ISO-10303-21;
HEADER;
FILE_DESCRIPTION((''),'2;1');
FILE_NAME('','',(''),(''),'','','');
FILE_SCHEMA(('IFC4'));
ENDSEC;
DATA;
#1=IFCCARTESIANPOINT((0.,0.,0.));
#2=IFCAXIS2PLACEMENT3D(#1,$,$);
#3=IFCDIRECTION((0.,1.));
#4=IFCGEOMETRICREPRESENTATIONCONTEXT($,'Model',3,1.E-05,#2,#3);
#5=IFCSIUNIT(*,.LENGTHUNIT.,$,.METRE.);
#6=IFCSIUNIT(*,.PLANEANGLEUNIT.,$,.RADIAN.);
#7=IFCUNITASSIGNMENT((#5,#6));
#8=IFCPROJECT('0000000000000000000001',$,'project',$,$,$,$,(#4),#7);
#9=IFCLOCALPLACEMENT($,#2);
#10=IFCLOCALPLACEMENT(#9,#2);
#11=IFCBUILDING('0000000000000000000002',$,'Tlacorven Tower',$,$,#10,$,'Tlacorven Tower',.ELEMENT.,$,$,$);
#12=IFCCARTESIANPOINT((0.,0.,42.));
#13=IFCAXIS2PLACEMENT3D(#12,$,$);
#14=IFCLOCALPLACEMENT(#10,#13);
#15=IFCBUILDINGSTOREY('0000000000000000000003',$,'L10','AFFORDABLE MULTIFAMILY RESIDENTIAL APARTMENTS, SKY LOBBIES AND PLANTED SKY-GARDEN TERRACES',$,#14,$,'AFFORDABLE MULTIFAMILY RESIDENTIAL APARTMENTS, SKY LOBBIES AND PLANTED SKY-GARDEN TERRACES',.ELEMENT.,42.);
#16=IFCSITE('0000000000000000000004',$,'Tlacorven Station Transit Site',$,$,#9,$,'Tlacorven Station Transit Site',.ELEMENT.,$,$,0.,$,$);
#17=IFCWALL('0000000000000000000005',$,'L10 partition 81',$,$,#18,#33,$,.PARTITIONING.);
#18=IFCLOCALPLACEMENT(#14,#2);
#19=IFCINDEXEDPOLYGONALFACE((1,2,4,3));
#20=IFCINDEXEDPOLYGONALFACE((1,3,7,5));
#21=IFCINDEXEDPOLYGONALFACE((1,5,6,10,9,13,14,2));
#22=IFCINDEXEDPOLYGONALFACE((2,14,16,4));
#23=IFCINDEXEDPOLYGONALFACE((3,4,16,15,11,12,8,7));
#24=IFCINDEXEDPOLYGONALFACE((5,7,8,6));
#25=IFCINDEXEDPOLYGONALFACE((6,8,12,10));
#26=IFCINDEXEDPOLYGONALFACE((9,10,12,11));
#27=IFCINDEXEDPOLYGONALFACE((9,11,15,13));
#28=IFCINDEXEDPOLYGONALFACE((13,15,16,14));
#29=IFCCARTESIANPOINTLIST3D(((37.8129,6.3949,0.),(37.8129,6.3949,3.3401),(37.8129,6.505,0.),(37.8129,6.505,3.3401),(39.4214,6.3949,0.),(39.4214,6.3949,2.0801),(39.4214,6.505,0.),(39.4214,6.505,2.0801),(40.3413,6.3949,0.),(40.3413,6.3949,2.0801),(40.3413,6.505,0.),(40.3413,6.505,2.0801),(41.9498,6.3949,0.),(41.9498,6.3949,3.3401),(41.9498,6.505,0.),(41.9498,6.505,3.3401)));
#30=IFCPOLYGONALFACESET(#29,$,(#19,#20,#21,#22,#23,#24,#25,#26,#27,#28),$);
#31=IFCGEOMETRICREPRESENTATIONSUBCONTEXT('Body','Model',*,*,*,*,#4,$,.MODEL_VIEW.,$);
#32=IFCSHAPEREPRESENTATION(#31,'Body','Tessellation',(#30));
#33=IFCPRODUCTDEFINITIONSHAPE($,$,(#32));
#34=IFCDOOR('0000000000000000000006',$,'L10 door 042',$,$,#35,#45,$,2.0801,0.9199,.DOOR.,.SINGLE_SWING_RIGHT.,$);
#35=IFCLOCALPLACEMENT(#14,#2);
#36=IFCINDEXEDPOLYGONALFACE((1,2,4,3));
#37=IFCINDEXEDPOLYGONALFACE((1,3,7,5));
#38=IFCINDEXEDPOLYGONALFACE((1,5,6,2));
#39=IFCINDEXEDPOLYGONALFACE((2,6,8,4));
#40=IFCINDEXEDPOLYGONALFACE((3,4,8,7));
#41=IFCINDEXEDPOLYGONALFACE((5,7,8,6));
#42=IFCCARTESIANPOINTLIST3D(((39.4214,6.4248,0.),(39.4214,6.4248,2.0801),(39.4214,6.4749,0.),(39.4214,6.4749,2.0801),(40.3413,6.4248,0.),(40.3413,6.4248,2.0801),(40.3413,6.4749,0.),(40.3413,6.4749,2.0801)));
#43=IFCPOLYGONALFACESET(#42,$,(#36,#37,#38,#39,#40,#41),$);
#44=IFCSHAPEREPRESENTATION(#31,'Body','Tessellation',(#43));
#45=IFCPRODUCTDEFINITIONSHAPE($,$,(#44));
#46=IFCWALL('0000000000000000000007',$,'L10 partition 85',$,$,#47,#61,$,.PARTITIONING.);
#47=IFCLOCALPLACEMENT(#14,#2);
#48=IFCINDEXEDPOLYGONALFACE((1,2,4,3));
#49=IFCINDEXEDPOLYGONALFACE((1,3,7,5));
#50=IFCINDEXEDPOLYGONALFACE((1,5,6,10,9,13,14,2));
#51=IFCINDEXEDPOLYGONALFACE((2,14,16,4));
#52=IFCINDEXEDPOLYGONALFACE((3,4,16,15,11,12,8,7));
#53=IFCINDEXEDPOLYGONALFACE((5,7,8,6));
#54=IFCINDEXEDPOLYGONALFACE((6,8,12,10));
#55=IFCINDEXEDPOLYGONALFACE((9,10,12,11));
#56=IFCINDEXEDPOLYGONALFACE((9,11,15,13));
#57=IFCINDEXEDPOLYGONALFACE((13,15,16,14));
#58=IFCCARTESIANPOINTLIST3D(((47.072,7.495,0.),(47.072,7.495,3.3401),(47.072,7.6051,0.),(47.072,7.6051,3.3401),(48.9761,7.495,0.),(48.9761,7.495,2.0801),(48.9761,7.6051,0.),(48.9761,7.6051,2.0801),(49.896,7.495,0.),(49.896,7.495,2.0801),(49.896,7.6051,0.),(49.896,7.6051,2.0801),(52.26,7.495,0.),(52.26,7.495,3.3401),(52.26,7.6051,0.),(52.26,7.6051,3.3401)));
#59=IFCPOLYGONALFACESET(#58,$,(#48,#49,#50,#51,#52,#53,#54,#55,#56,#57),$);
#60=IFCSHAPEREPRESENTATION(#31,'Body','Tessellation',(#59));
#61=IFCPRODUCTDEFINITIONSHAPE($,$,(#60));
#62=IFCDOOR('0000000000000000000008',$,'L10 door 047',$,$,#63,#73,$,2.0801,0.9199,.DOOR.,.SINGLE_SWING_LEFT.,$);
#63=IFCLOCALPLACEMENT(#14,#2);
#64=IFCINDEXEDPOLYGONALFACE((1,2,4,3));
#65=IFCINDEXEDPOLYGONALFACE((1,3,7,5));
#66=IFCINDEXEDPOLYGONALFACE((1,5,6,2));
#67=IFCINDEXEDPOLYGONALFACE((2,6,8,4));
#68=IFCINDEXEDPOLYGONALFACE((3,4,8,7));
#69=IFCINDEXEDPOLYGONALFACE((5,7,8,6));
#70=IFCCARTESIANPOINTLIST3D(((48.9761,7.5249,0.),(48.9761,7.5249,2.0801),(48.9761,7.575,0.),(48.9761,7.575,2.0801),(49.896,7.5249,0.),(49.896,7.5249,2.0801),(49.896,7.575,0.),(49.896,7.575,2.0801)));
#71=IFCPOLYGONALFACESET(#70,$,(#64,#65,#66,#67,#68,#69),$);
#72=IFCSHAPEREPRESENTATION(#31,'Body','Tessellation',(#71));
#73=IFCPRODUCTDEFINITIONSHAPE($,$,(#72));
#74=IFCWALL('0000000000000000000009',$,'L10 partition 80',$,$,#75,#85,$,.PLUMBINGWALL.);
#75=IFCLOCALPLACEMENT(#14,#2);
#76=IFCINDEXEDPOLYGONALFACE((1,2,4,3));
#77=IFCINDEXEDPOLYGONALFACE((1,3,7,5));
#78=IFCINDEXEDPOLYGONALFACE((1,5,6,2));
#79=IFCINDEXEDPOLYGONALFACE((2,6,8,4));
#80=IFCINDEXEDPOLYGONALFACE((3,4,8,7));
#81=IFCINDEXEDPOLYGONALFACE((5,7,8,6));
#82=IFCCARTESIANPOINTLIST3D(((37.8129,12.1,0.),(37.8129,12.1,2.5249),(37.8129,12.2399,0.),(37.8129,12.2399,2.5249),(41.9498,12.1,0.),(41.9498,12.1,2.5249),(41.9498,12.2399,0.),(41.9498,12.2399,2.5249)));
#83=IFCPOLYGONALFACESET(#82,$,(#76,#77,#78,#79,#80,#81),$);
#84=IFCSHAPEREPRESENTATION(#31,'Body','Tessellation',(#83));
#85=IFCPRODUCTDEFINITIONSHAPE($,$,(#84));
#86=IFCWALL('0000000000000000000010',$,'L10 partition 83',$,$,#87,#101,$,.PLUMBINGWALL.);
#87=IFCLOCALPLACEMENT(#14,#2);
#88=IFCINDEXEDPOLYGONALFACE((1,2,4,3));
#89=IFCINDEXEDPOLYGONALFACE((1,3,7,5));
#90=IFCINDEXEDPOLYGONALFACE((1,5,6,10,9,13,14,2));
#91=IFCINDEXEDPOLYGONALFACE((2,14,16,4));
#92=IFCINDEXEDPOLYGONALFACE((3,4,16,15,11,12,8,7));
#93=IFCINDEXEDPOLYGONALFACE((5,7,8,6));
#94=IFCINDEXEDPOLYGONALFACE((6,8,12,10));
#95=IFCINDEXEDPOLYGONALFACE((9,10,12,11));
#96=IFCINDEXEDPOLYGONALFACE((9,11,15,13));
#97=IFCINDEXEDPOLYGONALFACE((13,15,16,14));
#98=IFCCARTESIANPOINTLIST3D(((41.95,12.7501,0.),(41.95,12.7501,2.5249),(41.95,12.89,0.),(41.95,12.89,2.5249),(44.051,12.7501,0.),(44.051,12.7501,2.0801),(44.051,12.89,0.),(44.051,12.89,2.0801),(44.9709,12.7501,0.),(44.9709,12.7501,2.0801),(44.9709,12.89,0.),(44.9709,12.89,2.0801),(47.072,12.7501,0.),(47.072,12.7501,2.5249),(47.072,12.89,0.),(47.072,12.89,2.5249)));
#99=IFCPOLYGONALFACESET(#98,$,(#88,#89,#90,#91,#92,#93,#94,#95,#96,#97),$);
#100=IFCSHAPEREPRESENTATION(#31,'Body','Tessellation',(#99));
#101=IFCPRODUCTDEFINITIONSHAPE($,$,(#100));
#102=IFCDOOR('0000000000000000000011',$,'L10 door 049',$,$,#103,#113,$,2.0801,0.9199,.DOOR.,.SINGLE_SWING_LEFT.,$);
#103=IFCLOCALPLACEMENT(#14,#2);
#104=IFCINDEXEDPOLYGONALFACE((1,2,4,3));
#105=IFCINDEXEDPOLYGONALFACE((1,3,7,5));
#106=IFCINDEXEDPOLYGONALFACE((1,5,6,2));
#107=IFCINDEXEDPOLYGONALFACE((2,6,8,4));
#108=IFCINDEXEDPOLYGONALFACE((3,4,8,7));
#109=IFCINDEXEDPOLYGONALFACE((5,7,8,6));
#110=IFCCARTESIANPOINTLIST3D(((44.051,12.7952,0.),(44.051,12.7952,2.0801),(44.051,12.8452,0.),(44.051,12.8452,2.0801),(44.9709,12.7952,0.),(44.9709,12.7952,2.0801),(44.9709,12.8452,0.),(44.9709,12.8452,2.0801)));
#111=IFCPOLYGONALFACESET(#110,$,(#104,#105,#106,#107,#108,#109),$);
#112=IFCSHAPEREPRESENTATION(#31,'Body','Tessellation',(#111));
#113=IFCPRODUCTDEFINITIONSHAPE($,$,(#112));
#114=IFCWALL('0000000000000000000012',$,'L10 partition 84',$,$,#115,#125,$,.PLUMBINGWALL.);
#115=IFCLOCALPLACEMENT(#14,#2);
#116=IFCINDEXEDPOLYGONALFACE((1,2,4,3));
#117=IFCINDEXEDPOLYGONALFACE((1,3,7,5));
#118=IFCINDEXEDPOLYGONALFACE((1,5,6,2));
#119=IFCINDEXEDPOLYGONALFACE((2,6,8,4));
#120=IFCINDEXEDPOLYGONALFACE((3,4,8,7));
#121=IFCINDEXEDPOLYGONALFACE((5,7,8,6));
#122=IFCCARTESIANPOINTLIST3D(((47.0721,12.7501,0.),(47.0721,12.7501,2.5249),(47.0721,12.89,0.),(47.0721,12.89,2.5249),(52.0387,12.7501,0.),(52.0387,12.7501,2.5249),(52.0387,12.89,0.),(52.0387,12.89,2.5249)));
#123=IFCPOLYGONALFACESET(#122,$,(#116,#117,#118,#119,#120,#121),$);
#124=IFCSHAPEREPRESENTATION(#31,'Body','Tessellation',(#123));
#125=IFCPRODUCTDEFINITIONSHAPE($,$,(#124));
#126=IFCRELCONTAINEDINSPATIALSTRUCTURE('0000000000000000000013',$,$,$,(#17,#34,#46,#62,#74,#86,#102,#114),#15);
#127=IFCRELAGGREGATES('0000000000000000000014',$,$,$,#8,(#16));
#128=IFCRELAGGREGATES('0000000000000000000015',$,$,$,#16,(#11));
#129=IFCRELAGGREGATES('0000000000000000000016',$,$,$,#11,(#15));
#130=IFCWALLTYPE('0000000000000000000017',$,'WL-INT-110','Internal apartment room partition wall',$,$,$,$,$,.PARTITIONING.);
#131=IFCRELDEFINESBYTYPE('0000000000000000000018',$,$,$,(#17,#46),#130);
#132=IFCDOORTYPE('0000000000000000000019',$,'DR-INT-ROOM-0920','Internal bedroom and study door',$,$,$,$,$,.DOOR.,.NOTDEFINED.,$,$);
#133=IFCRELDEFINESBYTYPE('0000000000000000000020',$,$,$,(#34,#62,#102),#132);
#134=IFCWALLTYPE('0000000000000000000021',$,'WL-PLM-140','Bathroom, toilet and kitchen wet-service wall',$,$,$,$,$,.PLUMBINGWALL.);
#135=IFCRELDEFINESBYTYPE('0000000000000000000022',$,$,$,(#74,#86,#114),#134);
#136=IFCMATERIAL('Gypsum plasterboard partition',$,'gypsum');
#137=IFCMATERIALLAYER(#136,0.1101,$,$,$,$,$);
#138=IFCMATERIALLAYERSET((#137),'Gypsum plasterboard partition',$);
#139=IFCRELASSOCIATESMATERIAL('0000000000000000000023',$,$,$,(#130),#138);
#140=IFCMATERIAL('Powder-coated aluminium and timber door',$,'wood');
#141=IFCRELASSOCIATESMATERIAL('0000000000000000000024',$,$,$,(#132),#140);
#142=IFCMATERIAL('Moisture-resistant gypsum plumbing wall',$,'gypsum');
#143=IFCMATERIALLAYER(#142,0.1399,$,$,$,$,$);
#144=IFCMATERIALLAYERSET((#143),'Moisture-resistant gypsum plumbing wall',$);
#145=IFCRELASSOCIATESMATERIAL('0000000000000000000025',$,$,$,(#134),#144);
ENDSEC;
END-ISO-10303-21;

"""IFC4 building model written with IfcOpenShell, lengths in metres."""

from ifc_helpers import new_model, si_unit, direction, frame, frame_2d, origin, place, context, subcontext, project, spatial, rectangle, extrude, source, transform, mapped, material, layer, layer_set, type_object, element, fill, save


model = new_model("IFC4")

# Units and contexts
model_context = context("Model", 3, precision=1e-05, world=origin(), true_north=direction((0.0, 1.0)))
body_context = subcontext(model_context, "Body", "Model", "MODEL_VIEW")
ifc_project = project(units=[si_unit("LENGTHUNIT", "METRE"), si_unit("PLANEANGLEUNIT", "RADIAN")], contexts=[model_context])

# Site, building, storey
site_placement = place(None, origin())
site = spatial("IfcSite", under=ifc_project, at=site_placement, Name="Tlacorven Station Transit Site", LongName="Tlacorven Station Transit Site", CompositionType="ELEMENT", RefElevation=0.0)
building_placement = place(site_placement, origin())
building = spatial("IfcBuilding", under=site, at=building_placement, Name="Tlacorven Tower", LongName="Tlacorven Tower", CompositionType="ELEMENT")
storey_placement = place(building_placement, frame((0.0, 0.0, 42.0)))
storey = spatial("IfcBuildingStorey", under=building, at=storey_placement, Name="L10", Description="AFFORDABLE MULTIFAMILY RESIDENTIAL APARTMENTS, SKY LOBBIES AND PLANTED SKY-GARDEN TERRACES", LongName="AFFORDABLE MULTIFAMILY RESIDENTIAL APARTMENTS, SKY LOBBIES AND PLANTED SKY-GARDEN TERRACES", CompositionType="ELEMENT", Elevation=42.0)

# Walls, openings, doors
ifc_material_1 = material(Name="Gypsum plasterboard partition", Category="gypsum")
ifc_layer_1 = layer(ifc_material_1, 0.1101)
ifc_layer_set_1 = layer_set([ifc_layer_1], Name="Gypsum plasterboard partition")
wall_type_1 = type_object("IfcWallType", Name="WL-INT-110", Description="Internal apartment room partition wall", PredefinedType="PARTITIONING", material=ifc_layer_set_1)
wall_1_placement = place(storey_placement, frame((37.813, 6.45, 0.0), z_axis=(0.0, 0.0, 1.0), x_axis=(1.0, 0.0, 0.0)))
wall_1 = element("IfcWall", 1, at=wall_1_placement, inside=storey, type_object=wall_type_1, Name="L10 partition 81", PredefinedType="PARTITIONING", context=body_context, shape_type="SweptSolid", body=[
    extrude(rectangle(XDim=4.137, YDim=0.1101, at=frame_2d((2.0684, 0.0))), origin(), (0.0, 0.0, 1.0), 3.3401),
])
opening_1_placement = place(wall_1_placement, frame((1.6084, 0.0, 0.0)))
opening_1 = element("IfcOpeningElement", 2, at=opening_1_placement, cuts=wall_1, PredefinedType="OPENING", context=body_context, shape_type="SweptSolid", body=[
    extrude(rectangle(XDim=0.9199, YDim=2.0801, at=frame_2d((0.46, 1.04))), frame((0.0, 0.0649, 0.0), z_axis=(0.0, -1.0, 0.0), x_axis=(1.0, 0.0, 0.0)), (0.0, 0.0, 1.0), 0.1301),
])
ifc_material_2 = material(Name="Powder-coated aluminium and timber door", Category="wood")
door_type_1 = type_object("IfcDoorType", Name="DR-INT-ROOM-0920", Description="Internal bedroom and study door", OperationType="NOTDEFINED", PredefinedType="DOOR", material=ifc_material_2)
shared_shape_1 = source(origin(), body_context, "Body", "SweptSolid", [
    extrude(rectangle(XDim=0.9199, YDim=2.0801, at=frame_2d((0.46, 1.04))), frame((0.0, 0.0249, 0.0), z_axis=(0.0, -1.0, 0.0), x_axis=(1.0, 0.0, 0.0)), (0.0, 0.0, 1.0), 0.05),
])
door_1_placement = place(opening_1_placement, origin())
door_1 = element("IfcDoor", 3, at=door_1_placement, inside=storey, type_object=door_type_1, Name="L10 door 042", OperationType="SINGLE_SWING_RIGHT", OverallHeight=2.0801, OverallWidth=0.9199, PredefinedType="DOOR", context=body_context, shape_type="MappedRepresentation", body=[
    mapped(shared_shape_1, transform((0.0, 0.0, 0.0), scale=1.0)),
])
fill(opening_1, door_1)
wall_2_placement = place(storey_placement, frame((47.072, 7.55, 0.0), z_axis=(0.0, 0.0, 1.0), x_axis=(1.0, 0.0, 0.0)))
wall_2 = element("IfcWall", 4, at=wall_2_placement, inside=storey, type_object=wall_type_1, Name="L10 partition 85", PredefinedType="PARTITIONING", context=body_context, shape_type="SweptSolid", body=[
    extrude(rectangle(XDim=5.188, YDim=0.1101, at=frame_2d((2.594, 0.0))), origin(), (0.0, 0.0, 1.0), 3.3401),
])
opening_2_placement = place(wall_2_placement, frame((1.9041, 0.0, 0.0)))
opening_2 = element("IfcOpeningElement", 5, at=opening_2_placement, cuts=wall_2, PredefinedType="OPENING", context=body_context, shape_type="SweptSolid", body=[
    extrude(rectangle(XDim=0.9199, YDim=2.0801, at=frame_2d((0.46, 1.04))), frame((0.0, 0.0649, 0.0), z_axis=(0.0, -1.0, 0.0), x_axis=(1.0, 0.0, 0.0)), (0.0, 0.0, 1.0), 0.1301),
])
door_2_placement = place(opening_2_placement, origin())
door_2 = element("IfcDoor", 6, at=door_2_placement, inside=storey, type_object=door_type_1, Name="L10 door 047", OperationType="SINGLE_SWING_LEFT", OverallHeight=2.0801, OverallWidth=0.9199, PredefinedType="DOOR", context=body_context, shape_type="MappedRepresentation", body=[
    mapped(shared_shape_1, transform((0.0, 0.0, 0.0), scale=1.0)),
])
fill(opening_2, door_2)

# Wall
ifc_material_3 = material(Name="Moisture-resistant gypsum plumbing wall", Category="gypsum")
ifc_layer_2 = layer(ifc_material_3, 0.1399)
ifc_layer_set_2 = layer_set([ifc_layer_2], Name="Moisture-resistant gypsum plumbing wall")
wall_type_2 = type_object("IfcWallType", Name="WL-PLM-140", Description="Bathroom, toilet and kitchen wet-service wall", PredefinedType="PLUMBINGWALL", material=ifc_layer_set_2)
wall_3_placement = place(storey_placement, frame((37.813, 12.1699, 0.0), z_axis=(0.0, 0.0, 1.0), x_axis=(1.0, 0.0, 0.0)))
element("IfcWall", 7, at=wall_3_placement, inside=storey, type_object=wall_type_2, Name="L10 partition 80", PredefinedType="PLUMBINGWALL", context=body_context, shape_type="SweptSolid", body=[
    extrude(rectangle(XDim=4.137, YDim=0.1399, at=frame_2d((2.0684, 0.0))), origin(), (0.0, 0.0, 1.0), 2.5249),
])

# Wall, opening, door
wall_4_placement = place(storey_placement, frame((41.95, 12.8201, 0.0), z_axis=(0.0, 0.0, 1.0), x_axis=(1.0, 0.0, 0.0)))
wall_4 = element("IfcWall", 8, at=wall_4_placement, inside=storey, type_object=wall_type_2, Name="L10 partition 83", PredefinedType="PLUMBINGWALL", context=body_context, shape_type="SweptSolid", body=[
    extrude(rectangle(XDim=5.1221, YDim=0.1399, at=frame_2d((2.561, 0.0))), origin(), (0.0, 0.0, 1.0), 2.5249),
])
opening_3_placement = place(wall_4_placement, frame((2.1011, 0.0, 0.0)))
opening_3 = element("IfcOpeningElement", 9, at=opening_3_placement, cuts=wall_4, PredefinedType="OPENING", context=body_context, shape_type="SweptSolid", body=[
    extrude(rectangle(XDim=0.9199, YDim=2.0801, at=frame_2d((0.46, 1.04))), frame((0.0, 0.0801, 0.0), z_axis=(0.0, -1.0, 0.0), x_axis=(1.0, 0.0, 0.0)), (0.0, 0.0, 1.0), 0.1599),
])
door_3_placement = place(opening_3_placement, frame((0.9199, 0.0, 0.0), z_axis=(0.0, 0.0, 1.0), x_axis=(-1.0, 0.0, 0.0)))
door_3 = element("IfcDoor", 10, at=door_3_placement, inside=storey, type_object=door_type_1, Name="L10 door 049", OperationType="SINGLE_SWING_LEFT", OverallHeight=2.0801, OverallWidth=0.9199, PredefinedType="DOOR", context=body_context, shape_type="MappedRepresentation", body=[
    mapped(shared_shape_1, transform((0.0, 0.0, 0.0), scale=1.0)),
])
fill(opening_3, door_3)

# Wall
wall_5_placement = place(storey_placement, frame((47.072, 12.8201, 0.0), z_axis=(0.0, 0.0, 1.0), x_axis=(1.0, 0.0, 0.0)))
element("IfcWall", 11, at=wall_5_placement, inside=storey, type_object=wall_type_2, Name="L10 partition 84", PredefinedType="PLUMBINGWALL", context=body_context, shape_type="SweptSolid", body=[
    extrude(rectangle(XDim=4.9666, YDim=0.1399, at=frame_2d((2.4834, 0.0))), origin(), (0.0, 0.0, 1.0), 2.5249),
])

save(model, "model.ifc")
